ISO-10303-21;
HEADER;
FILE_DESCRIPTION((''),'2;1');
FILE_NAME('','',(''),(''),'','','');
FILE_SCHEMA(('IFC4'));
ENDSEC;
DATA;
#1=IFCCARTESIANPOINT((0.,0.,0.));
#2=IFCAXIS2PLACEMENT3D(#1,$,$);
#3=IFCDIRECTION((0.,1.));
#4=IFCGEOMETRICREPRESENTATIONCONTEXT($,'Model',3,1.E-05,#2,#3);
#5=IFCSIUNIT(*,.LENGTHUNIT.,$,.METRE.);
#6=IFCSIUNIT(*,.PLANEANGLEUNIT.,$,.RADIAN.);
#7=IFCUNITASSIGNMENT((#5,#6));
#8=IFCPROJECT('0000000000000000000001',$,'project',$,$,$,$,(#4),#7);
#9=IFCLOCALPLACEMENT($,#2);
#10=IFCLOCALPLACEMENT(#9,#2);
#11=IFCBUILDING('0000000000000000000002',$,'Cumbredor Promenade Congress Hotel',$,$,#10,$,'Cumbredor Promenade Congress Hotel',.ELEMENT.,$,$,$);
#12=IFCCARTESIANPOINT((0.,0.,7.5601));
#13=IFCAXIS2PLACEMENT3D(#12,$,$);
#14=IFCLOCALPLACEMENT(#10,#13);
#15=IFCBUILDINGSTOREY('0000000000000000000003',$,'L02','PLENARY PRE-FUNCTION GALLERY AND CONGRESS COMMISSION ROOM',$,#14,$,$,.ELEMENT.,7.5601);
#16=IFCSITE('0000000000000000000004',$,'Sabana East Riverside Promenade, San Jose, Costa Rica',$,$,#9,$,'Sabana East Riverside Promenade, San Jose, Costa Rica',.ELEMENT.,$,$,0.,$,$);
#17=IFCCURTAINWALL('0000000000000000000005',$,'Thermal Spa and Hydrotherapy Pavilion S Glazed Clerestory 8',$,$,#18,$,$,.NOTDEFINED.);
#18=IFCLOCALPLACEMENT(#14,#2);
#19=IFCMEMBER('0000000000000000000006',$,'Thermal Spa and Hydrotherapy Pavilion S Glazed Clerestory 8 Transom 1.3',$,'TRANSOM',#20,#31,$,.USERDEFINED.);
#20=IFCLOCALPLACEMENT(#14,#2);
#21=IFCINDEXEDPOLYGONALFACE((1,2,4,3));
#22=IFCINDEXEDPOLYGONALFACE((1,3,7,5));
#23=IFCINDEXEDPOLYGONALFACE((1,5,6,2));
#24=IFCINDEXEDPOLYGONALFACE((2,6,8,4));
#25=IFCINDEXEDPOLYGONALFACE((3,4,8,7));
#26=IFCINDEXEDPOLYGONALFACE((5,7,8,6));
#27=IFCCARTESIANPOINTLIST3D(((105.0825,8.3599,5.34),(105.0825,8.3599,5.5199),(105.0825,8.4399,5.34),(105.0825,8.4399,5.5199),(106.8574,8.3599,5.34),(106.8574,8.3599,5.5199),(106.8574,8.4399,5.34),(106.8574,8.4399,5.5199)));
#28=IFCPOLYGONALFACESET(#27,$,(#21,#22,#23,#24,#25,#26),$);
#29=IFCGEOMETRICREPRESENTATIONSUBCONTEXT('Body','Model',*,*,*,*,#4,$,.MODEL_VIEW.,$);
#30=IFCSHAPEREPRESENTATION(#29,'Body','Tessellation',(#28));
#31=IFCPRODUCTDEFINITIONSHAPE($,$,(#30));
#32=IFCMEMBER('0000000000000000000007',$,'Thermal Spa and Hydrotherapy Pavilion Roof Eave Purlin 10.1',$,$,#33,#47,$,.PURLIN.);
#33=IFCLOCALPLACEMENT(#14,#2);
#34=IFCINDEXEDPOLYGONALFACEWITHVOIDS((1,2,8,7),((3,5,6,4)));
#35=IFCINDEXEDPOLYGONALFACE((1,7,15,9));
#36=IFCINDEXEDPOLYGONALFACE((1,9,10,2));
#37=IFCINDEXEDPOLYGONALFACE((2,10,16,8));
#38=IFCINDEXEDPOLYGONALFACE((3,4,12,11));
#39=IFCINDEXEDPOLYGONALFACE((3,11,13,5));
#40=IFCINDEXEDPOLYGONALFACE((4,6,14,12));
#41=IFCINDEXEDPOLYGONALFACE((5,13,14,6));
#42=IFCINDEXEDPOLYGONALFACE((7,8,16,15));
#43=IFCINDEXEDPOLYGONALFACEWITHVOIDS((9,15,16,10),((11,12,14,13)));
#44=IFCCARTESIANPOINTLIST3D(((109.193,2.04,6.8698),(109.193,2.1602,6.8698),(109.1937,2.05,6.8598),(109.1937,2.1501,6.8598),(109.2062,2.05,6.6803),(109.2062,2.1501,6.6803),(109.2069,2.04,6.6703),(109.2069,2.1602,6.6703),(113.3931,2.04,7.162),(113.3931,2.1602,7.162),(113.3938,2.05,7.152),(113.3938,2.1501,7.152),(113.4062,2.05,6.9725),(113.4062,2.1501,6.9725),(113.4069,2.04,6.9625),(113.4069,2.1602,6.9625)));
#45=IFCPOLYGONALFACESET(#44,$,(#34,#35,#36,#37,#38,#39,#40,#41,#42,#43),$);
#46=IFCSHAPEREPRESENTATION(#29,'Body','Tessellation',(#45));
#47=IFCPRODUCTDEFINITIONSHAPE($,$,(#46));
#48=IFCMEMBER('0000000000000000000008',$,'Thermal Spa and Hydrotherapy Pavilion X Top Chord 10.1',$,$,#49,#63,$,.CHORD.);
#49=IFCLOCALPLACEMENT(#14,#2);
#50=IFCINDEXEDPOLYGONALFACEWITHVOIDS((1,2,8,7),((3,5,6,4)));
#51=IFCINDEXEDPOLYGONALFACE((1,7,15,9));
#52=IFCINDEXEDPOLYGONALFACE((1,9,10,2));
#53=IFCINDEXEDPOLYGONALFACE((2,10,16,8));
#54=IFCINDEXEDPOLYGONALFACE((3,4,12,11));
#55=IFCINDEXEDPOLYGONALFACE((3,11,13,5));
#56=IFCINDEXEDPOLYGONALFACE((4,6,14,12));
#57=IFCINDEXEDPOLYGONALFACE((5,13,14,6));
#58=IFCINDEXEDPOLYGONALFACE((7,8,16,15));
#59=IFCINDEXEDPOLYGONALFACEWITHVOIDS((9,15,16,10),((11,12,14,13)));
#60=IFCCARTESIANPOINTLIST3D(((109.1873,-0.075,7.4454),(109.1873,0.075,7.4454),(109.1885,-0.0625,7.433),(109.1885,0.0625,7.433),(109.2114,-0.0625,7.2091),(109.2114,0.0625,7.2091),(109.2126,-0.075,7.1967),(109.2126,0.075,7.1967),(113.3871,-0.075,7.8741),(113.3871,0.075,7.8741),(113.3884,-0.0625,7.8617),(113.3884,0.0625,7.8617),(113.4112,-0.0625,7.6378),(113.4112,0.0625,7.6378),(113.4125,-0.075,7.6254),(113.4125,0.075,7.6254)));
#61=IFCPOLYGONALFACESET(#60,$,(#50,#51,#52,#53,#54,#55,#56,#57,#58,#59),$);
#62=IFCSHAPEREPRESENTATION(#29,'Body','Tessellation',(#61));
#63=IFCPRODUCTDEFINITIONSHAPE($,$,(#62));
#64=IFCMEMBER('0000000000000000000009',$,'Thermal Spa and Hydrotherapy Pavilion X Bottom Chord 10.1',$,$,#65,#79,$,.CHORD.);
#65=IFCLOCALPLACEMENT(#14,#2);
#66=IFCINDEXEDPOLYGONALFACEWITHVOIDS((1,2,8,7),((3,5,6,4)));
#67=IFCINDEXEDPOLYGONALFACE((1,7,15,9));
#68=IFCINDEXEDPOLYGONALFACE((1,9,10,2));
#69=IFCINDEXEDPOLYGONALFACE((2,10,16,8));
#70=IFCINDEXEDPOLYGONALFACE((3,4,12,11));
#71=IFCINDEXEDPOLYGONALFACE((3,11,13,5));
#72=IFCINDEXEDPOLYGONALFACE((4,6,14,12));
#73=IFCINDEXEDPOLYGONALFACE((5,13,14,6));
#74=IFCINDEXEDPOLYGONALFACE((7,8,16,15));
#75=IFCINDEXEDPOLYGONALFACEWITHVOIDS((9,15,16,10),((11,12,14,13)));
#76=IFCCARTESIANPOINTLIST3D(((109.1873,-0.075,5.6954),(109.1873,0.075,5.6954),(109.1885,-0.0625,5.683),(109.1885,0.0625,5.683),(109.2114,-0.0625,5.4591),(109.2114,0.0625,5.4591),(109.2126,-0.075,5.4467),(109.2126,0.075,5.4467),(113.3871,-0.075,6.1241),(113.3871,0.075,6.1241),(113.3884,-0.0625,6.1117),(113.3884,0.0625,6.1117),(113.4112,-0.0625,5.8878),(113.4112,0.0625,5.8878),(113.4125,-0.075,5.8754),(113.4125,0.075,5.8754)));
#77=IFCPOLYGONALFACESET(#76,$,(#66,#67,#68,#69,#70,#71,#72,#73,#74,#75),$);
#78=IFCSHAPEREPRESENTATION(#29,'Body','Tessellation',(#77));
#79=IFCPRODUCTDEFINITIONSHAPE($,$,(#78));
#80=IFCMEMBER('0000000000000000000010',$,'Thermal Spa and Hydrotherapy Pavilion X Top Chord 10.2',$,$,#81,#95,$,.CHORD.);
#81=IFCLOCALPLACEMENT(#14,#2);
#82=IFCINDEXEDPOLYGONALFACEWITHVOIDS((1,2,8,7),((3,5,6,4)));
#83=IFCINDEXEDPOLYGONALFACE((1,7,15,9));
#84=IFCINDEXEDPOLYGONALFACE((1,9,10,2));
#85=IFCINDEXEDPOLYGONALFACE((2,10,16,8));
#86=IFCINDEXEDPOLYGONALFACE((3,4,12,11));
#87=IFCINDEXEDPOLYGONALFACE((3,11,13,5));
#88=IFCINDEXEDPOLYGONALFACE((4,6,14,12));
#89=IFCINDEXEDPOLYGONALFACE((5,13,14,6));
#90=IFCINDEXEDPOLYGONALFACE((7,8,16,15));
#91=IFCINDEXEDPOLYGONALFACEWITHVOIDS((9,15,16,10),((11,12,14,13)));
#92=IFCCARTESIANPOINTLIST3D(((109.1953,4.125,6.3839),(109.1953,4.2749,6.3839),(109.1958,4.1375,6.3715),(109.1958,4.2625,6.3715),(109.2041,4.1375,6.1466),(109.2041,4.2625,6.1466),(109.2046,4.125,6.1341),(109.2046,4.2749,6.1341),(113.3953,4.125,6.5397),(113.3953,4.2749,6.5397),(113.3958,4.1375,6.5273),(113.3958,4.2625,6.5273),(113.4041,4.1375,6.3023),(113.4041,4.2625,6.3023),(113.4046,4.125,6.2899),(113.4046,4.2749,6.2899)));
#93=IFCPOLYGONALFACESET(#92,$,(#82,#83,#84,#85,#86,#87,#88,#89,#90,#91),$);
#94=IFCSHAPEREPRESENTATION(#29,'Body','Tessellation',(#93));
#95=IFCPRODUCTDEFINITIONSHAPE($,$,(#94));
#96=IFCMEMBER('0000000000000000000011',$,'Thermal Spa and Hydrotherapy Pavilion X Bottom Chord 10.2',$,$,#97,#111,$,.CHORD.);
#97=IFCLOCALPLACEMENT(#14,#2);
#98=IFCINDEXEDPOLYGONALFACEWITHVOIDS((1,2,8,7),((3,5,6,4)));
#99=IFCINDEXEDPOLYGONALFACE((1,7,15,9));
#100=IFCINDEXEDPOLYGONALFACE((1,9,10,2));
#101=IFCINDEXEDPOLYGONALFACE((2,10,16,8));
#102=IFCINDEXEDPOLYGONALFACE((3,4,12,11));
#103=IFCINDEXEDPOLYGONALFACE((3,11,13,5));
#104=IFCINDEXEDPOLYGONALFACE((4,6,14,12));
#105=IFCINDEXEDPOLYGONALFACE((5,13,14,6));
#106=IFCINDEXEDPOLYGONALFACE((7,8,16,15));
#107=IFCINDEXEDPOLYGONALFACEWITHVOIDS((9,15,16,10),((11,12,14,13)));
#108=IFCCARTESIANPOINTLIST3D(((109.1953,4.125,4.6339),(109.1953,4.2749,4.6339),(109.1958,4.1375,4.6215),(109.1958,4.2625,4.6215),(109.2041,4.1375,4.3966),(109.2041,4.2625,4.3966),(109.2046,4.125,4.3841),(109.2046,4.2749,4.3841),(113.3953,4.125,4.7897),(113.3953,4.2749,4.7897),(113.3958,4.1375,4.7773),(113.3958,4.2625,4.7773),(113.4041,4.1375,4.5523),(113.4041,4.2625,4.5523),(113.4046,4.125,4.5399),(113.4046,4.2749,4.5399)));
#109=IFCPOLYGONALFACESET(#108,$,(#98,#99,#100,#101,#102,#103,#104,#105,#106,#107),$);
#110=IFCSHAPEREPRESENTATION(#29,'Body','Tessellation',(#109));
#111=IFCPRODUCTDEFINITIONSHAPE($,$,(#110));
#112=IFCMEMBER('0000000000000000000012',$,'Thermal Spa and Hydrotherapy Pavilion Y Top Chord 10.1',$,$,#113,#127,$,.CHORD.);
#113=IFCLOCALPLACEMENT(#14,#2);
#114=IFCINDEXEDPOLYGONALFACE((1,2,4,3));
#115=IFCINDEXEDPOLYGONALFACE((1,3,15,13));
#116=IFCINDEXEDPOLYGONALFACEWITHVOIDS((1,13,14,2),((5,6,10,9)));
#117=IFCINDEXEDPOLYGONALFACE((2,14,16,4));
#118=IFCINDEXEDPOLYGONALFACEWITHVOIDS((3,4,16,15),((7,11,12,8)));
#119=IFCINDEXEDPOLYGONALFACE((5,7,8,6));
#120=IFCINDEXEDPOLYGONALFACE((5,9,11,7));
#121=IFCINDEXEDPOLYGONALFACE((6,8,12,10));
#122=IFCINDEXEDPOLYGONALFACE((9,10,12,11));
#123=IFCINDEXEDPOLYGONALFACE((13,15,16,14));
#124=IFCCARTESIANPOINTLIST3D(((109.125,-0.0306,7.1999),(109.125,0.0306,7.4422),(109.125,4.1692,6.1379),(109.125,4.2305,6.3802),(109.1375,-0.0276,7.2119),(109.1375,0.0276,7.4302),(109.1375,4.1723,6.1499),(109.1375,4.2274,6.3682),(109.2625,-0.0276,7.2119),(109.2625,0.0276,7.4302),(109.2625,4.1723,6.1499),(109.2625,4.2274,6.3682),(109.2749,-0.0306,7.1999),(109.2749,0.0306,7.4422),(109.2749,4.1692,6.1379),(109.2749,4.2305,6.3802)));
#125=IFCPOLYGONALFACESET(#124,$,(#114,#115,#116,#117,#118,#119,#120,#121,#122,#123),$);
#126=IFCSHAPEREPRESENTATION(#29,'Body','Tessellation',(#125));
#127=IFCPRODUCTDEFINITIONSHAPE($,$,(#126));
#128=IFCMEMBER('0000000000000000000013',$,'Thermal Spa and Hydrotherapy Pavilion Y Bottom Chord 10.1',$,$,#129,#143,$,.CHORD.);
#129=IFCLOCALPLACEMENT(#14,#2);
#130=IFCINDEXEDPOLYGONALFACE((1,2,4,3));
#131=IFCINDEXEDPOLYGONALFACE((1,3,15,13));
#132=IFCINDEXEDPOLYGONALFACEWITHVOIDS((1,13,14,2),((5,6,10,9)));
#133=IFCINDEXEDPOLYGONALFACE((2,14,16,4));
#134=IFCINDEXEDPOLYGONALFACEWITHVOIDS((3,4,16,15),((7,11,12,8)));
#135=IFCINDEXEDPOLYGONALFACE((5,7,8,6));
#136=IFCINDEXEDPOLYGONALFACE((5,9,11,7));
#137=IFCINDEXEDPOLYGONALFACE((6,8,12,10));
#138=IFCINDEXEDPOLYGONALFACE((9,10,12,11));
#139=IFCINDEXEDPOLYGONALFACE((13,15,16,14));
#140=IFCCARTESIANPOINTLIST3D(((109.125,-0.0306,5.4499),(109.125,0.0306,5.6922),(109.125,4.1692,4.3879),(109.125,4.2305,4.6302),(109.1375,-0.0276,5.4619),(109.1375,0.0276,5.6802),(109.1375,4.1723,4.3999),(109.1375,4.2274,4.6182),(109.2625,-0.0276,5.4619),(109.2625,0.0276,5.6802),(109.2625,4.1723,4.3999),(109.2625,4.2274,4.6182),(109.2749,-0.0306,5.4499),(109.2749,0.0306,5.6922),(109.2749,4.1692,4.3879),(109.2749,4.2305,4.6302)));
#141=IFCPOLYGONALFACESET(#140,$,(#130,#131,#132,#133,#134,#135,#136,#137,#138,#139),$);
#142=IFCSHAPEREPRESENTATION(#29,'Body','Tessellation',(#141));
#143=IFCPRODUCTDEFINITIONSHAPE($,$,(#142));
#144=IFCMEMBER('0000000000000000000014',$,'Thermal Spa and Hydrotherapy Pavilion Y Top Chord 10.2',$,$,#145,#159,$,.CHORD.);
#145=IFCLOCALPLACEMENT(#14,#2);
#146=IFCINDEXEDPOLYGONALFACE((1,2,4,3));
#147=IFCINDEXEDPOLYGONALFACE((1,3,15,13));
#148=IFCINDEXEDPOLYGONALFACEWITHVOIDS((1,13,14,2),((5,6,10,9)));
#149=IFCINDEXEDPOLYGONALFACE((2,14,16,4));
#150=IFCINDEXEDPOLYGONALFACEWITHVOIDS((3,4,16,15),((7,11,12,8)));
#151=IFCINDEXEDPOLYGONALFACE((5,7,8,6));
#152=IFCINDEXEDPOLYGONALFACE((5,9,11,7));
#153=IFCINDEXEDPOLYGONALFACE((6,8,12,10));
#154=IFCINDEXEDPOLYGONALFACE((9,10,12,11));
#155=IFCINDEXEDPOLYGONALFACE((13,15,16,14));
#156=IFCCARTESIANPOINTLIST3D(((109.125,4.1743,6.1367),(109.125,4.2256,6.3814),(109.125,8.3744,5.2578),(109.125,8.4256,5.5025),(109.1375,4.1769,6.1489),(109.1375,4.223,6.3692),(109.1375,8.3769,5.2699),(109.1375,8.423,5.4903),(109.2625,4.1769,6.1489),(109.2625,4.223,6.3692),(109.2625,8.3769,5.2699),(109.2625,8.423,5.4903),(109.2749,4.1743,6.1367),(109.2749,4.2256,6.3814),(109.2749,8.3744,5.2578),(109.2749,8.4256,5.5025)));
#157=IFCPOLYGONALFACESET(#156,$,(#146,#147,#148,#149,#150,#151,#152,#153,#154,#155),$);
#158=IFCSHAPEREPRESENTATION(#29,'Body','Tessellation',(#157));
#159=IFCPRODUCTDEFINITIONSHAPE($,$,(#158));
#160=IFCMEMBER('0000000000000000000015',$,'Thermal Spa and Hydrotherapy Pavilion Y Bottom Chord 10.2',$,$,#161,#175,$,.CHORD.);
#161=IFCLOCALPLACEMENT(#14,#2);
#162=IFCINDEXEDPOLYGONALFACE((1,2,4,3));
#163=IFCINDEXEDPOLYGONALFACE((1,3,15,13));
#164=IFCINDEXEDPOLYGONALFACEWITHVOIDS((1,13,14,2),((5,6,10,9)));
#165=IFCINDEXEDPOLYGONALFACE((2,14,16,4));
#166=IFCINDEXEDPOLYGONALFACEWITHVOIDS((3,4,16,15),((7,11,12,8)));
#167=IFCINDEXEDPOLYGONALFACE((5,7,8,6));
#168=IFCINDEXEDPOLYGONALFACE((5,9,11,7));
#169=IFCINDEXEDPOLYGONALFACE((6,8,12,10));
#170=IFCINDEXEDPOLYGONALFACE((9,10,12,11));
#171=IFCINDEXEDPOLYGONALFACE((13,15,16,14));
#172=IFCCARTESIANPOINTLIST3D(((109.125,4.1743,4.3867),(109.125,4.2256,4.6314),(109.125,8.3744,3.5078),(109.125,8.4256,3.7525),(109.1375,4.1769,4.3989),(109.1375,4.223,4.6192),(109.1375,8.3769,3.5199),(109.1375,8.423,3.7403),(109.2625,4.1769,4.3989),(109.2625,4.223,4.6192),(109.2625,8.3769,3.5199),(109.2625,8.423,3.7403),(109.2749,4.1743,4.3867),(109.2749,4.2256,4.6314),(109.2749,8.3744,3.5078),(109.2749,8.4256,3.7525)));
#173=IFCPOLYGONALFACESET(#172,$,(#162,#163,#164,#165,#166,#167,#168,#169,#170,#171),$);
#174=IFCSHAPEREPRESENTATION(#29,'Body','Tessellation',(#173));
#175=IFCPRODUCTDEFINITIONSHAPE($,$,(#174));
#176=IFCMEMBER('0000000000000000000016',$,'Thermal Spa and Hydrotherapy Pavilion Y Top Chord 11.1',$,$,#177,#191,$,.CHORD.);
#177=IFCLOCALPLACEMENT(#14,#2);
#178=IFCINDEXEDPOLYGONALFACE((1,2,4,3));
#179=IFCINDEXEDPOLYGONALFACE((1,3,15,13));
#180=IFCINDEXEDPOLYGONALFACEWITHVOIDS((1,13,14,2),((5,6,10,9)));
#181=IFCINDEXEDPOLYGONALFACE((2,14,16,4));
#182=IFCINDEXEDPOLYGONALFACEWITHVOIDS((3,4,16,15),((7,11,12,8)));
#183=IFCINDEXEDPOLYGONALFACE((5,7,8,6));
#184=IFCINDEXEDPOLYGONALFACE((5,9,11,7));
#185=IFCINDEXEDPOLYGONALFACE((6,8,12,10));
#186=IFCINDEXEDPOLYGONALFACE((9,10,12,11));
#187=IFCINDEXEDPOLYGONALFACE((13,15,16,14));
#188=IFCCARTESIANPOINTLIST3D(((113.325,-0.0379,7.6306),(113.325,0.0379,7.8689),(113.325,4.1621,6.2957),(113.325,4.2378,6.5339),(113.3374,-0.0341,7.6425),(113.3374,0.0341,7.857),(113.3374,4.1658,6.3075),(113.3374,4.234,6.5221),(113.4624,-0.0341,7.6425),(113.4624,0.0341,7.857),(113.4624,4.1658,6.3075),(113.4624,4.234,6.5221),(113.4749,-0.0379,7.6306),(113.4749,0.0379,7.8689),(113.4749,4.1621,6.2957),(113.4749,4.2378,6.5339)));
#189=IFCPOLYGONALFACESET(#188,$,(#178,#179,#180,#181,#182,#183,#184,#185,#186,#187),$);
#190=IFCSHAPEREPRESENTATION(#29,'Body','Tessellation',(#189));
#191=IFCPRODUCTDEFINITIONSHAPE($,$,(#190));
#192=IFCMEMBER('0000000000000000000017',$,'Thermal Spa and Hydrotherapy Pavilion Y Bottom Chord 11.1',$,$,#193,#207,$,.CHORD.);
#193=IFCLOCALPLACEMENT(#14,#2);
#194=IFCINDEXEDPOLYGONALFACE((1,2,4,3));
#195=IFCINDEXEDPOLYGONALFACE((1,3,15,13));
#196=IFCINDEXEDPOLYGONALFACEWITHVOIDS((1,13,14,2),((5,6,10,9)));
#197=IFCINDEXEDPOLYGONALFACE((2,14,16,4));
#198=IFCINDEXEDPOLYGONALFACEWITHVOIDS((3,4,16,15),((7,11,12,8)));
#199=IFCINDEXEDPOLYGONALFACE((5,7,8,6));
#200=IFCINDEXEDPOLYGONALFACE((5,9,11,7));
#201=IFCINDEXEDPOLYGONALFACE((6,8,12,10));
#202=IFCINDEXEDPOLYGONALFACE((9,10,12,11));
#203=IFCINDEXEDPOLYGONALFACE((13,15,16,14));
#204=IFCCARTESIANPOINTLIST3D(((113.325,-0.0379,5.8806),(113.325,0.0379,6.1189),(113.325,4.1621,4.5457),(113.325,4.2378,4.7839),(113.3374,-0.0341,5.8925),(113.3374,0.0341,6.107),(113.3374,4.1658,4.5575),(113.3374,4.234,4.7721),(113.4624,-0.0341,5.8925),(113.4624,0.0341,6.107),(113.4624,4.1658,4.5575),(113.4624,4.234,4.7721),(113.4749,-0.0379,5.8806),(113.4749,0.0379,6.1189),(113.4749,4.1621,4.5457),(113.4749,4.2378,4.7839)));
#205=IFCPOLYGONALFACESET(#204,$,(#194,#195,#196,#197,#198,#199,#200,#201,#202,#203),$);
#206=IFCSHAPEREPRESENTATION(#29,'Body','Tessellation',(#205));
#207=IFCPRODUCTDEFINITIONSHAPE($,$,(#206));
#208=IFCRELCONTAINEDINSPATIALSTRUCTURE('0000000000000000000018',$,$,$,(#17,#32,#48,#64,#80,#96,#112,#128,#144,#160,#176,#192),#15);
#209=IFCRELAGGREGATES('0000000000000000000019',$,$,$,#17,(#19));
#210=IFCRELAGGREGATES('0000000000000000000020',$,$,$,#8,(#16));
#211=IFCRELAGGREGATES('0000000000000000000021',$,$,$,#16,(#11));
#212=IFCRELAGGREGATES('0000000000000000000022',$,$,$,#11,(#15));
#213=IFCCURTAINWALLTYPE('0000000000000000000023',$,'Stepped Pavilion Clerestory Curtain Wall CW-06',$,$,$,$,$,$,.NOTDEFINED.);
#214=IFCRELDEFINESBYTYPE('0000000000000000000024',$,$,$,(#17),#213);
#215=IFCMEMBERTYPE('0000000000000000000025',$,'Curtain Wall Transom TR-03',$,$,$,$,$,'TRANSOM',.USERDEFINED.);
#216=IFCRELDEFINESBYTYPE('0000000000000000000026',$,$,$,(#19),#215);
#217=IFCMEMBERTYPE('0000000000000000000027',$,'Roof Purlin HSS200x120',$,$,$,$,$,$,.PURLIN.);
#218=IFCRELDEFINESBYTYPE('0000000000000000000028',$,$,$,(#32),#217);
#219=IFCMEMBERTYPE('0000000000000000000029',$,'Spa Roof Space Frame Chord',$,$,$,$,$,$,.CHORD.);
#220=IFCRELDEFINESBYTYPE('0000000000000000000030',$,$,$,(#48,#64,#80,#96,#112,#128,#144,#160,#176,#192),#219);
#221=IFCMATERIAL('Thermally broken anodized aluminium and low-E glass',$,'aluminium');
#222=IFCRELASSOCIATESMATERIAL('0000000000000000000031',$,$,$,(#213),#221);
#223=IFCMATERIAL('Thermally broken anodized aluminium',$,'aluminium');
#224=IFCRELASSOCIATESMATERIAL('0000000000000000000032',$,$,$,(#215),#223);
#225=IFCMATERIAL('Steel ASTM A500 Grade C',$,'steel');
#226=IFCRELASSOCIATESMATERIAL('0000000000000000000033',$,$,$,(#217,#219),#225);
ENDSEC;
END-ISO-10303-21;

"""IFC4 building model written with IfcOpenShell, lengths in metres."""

from ifc_helpers import new_model, si_unit, direction, frame, origin, origin_2d, place, context, subcontext, project, spatial, rectangle, hollow_rectangle, extrude, material, material_profile, profile_set, type_object, element, aggregate, save


model = new_model("IFC4")

# Units and contexts
model_context = context("Model", 3, precision=1e-05, world=origin(), true_north=direction((0.0, 1.0)))
body_context = subcontext(model_context, "Body", "Model", "MODEL_VIEW")
ifc_project = project(units=[si_unit("LENGTHUNIT", "METRE"), si_unit("PLANEANGLEUNIT", "RADIAN")], contexts=[model_context])

# Site, building, storey
site_placement = place(None, origin())
site = spatial("IfcSite", under=ifc_project, at=site_placement, Name="Sabana East Riverside Promenade, San Jose, Costa Rica", LongName="Sabana East Riverside Promenade, San Jose, Costa Rica", CompositionType="ELEMENT", RefElevation=0.0)
building_placement = place(site_placement, origin())
building = spatial("IfcBuilding", under=site, at=building_placement, Name="Cumbredor Promenade Congress Hotel", LongName="Cumbredor Promenade Congress Hotel", CompositionType="ELEMENT")
storey_placement = place(building_placement, frame((0.0, 0.0, 7.5601)))
storey = spatial("IfcBuildingStorey", under=building, at=storey_placement, Name="L02", Description="PLENARY PRE-FUNCTION GALLERY AND CONGRESS COMMISSION ROOM", CompositionType="ELEMENT", Elevation=7.5601)

# Curtain wall, member
ifc_material_1 = material(Name="Thermally broken anodized aluminium and low-E glass", Category="aluminium")
curtain_wall_type = type_object("IfcCurtainWallType", Name="Stepped Pavilion Clerestory Curtain Wall CW-06", PredefinedType="NOTDEFINED", material=ifc_material_1)
curtain_wall_placement = place(storey_placement, origin())
curtain_wall = element("IfcCurtainWall", 1, at=curtain_wall_placement, inside=storey, type_object=curtain_wall_type, Name="Thermal Spa and Hydrotherapy Pavilion S Glazed Clerestory 8", PredefinedType="NOTDEFINED")
ifc_material_2 = material(Name="Thermally broken anodized aluminium", Category="aluminium")
ifc_material_profile_1 = material_profile(ifc_material_2, rectangle(XDim=0.0801, YDim=0.1799, at=origin_2d()), Name="ALU TRANSOM 80x180")
ifc_profile_set_1 = profile_set([ifc_material_profile_1], Name="Thermally broken anodized aluminium")
member_type_1 = type_object("IfcMemberType", Name="Curtain Wall Transom TR-03", ElementType="TRANSOM", PredefinedType="USERDEFINED", material=ifc_profile_set_1)
member_1_placement = place(storey_placement, frame((105.0825, 8.3999, 5.4299), z_axis=(1.0, 0.0, 0.0), x_axis=(0.0, 1.0, 0.0)))
member_1 = element("IfcMember", 2, at=member_1_placement, type_object=member_type_1, Name="Thermal Spa and Hydrotherapy Pavilion S Glazed Clerestory 8 Transom 1.3", ObjectType="TRANSOM", PredefinedType="USERDEFINED", context=body_context, shape_type="SweptSolid", body=[
    extrude(rectangle(XDim=0.0801, YDim=0.1799, at=origin_2d()), origin(), (0.0, 0.0, 1.0), 1.7749),
])

# Members
ifc_material_3 = material(Name="Steel ASTM A500 Grade C", Category="steel")
ifc_material_profile_2 = material_profile(ifc_material_3, hollow_rectangle(XDim=0.1201, YDim=0.2, WallThickness=0.01, at=origin_2d()), Name="HSS 200x120x10")
ifc_profile_set_2 = profile_set([ifc_material_profile_2], Name="Steel ASTM A500 Grade C")
member_type_2 = type_object("IfcMemberType", Name="Roof Purlin HSS200x120", PredefinedType="PURLIN", material=ifc_profile_set_2)
member_2_placement = place(storey_placement, frame((109.2, 2.1001, 6.77), z_axis=(0.997588, 0.0, 0.069413), x_axis=(0.0, 1.0, 0.0)))
element("IfcMember", 3, at=member_2_placement, inside=storey, type_object=member_type_2, Name="Thermal Spa and Hydrotherapy Pavilion Roof Eave Purlin 10.1", PredefinedType="PURLIN", context=body_context, shape_type="SweptSolid", body=[
    extrude(hollow_rectangle(XDim=0.1201, YDim=0.2, WallThickness=0.01, at=origin_2d()), origin(), (0.0, 0.0, 1.0), 4.2102),
])
ifc_material_profile_3 = material_profile(ifc_material_3, hollow_rectangle(XDim=0.1499, YDim=0.25, WallThickness=0.0125, at=origin_2d()), Name="HSS 250x150x12.5")
ifc_profile_set_3 = profile_set([ifc_material_profile_3], Name="Steel ASTM A500 Grade C")
member_type_3 = type_object("IfcMemberType", Name="Spa Roof Space Frame Chord", PredefinedType="CHORD", material=ifc_profile_set_3)
for number, where, z_axis, x_axis, name in (
    (4, (109.2, 0.0, 7.321), (0.994831, 0.0, 0.101548), (0.0, 1.0, 0.0), "Thermal Spa and Hydrotherapy Pavilion X Top Chord 10.1"),
    (5, (109.2, 0.0, 5.571), (0.994831, 0.0, 0.101548), (0.0, 1.0, 0.0), "Thermal Spa and Hydrotherapy Pavilion X Bottom Chord 10.1"),
):
    element("IfcMember", number, at=place(storey_placement, frame(where, z_axis=z_axis, x_axis=x_axis)), inside=storey, type_object=member_type_3, Name=name, PredefinedType="CHORD", context=body_context, shape_type="SweptSolid", body=[
        extrude(hollow_rectangle(XDim=0.1499, YDim=0.25, WallThickness=0.0125, at=origin_2d()), origin(), (0.0, 0.0, 1.0), 4.2217),
    ])
for number, where, z_axis, x_axis, name in (
    (6, (109.2, 4.2, 6.259), (0.999313, 0.0, 0.037061), (0.0, 1.0, 0.0), "Thermal Spa and Hydrotherapy Pavilion X Top Chord 10.2"),
    (7, (109.2, 4.2, 4.509), (0.999313, 0.0, 0.037061), (0.0, 1.0, 0.0), "Thermal Spa and Hydrotherapy Pavilion X Bottom Chord 10.2"),
):
    element("IfcMember", number, at=place(storey_placement, frame(where, z_axis=z_axis, x_axis=x_axis)), inside=storey, type_object=member_type_3, Name=name, PredefinedType="CHORD", context=body_context, shape_type="SweptSolid", body=[
        extrude(hollow_rectangle(XDim=0.1499, YDim=0.25, WallThickness=0.0125, at=origin_2d()), origin(), (0.0, 0.0, 1.0), 4.2029),
    ])
for number, where, z_axis, x_axis, name in (
    (8, (109.2, 0.0, 7.321), (0.0, 0.969486, -0.245147), (-1.0, 0.0, 0.0), "Thermal Spa and Hydrotherapy Pavilion Y Top Chord 10.1"),
    (9, (109.2, 0.0, 5.571), (0.0, 0.969486, -0.245147), (-1.0, 0.0, 0.0), "Thermal Spa and Hydrotherapy Pavilion Y Bottom Chord 10.1"),
):
    element("IfcMember", number, at=place(storey_placement, frame(where, z_axis=z_axis, x_axis=x_axis)), inside=storey, type_object=member_type_3, Name=name, PredefinedType="CHORD", context=body_context, shape_type="SweptSolid", body=[
        extrude(hollow_rectangle(XDim=0.1499, YDim=0.25, WallThickness=0.0125, at=origin_2d()), origin(), (0.0, 0.0, 1.0), 4.332),
    ])
for number, where, z_axis, x_axis, name in (
    (10, (109.2, 4.2, 6.259), (0.0, 0.978798, -0.204829), (-1.0, 0.0, 0.0), "Thermal Spa and Hydrotherapy Pavilion Y Top Chord 10.2"),
    (11, (109.2, 4.2, 4.509), (0.0, 0.978798, -0.204829), (-1.0, 0.0, 0.0), "Thermal Spa and Hydrotherapy Pavilion Y Bottom Chord 10.2"),
):
    element("IfcMember", number, at=place(storey_placement, frame(where, z_axis=z_axis, x_axis=x_axis)), inside=storey, type_object=member_type_3, Name=name, PredefinedType="CHORD", context=body_context, shape_type="SweptSolid", body=[
        extrude(hollow_rectangle(XDim=0.1499, YDim=0.25, WallThickness=0.0125, at=origin_2d()), origin(), (0.0, 0.0, 1.0), 4.291),
    ])
for number, where, z_axis, x_axis, name in (
    (12, (113.3999, 0.0, 7.7498), (0.0, 0.953017, -0.302918), (-1.0, 0.0, 0.0), "Thermal Spa and Hydrotherapy Pavilion Y Top Chord 11.1"),
    (13, (113.3999, 0.0, 5.9998), (0.0, 0.953017, -0.302918), (-1.0, 0.0, 0.0), "Thermal Spa and Hydrotherapy Pavilion Y Bottom Chord 11.1"),
):
    element("IfcMember", number, at=place(storey_placement, frame(where, z_axis=z_axis, x_axis=x_axis)), inside=storey, type_object=member_type_3, Name=name, PredefinedType="CHORD", context=body_context, shape_type="SweptSolid", body=[
        extrude(hollow_rectangle(XDim=0.1499, YDim=0.25, WallThickness=0.0125, at=origin_2d()), origin(), (0.0, 0.0, 1.0), 4.407),
    ])

aggregate(curtain_wall, [member_1])

save(model, "model.ifc")
